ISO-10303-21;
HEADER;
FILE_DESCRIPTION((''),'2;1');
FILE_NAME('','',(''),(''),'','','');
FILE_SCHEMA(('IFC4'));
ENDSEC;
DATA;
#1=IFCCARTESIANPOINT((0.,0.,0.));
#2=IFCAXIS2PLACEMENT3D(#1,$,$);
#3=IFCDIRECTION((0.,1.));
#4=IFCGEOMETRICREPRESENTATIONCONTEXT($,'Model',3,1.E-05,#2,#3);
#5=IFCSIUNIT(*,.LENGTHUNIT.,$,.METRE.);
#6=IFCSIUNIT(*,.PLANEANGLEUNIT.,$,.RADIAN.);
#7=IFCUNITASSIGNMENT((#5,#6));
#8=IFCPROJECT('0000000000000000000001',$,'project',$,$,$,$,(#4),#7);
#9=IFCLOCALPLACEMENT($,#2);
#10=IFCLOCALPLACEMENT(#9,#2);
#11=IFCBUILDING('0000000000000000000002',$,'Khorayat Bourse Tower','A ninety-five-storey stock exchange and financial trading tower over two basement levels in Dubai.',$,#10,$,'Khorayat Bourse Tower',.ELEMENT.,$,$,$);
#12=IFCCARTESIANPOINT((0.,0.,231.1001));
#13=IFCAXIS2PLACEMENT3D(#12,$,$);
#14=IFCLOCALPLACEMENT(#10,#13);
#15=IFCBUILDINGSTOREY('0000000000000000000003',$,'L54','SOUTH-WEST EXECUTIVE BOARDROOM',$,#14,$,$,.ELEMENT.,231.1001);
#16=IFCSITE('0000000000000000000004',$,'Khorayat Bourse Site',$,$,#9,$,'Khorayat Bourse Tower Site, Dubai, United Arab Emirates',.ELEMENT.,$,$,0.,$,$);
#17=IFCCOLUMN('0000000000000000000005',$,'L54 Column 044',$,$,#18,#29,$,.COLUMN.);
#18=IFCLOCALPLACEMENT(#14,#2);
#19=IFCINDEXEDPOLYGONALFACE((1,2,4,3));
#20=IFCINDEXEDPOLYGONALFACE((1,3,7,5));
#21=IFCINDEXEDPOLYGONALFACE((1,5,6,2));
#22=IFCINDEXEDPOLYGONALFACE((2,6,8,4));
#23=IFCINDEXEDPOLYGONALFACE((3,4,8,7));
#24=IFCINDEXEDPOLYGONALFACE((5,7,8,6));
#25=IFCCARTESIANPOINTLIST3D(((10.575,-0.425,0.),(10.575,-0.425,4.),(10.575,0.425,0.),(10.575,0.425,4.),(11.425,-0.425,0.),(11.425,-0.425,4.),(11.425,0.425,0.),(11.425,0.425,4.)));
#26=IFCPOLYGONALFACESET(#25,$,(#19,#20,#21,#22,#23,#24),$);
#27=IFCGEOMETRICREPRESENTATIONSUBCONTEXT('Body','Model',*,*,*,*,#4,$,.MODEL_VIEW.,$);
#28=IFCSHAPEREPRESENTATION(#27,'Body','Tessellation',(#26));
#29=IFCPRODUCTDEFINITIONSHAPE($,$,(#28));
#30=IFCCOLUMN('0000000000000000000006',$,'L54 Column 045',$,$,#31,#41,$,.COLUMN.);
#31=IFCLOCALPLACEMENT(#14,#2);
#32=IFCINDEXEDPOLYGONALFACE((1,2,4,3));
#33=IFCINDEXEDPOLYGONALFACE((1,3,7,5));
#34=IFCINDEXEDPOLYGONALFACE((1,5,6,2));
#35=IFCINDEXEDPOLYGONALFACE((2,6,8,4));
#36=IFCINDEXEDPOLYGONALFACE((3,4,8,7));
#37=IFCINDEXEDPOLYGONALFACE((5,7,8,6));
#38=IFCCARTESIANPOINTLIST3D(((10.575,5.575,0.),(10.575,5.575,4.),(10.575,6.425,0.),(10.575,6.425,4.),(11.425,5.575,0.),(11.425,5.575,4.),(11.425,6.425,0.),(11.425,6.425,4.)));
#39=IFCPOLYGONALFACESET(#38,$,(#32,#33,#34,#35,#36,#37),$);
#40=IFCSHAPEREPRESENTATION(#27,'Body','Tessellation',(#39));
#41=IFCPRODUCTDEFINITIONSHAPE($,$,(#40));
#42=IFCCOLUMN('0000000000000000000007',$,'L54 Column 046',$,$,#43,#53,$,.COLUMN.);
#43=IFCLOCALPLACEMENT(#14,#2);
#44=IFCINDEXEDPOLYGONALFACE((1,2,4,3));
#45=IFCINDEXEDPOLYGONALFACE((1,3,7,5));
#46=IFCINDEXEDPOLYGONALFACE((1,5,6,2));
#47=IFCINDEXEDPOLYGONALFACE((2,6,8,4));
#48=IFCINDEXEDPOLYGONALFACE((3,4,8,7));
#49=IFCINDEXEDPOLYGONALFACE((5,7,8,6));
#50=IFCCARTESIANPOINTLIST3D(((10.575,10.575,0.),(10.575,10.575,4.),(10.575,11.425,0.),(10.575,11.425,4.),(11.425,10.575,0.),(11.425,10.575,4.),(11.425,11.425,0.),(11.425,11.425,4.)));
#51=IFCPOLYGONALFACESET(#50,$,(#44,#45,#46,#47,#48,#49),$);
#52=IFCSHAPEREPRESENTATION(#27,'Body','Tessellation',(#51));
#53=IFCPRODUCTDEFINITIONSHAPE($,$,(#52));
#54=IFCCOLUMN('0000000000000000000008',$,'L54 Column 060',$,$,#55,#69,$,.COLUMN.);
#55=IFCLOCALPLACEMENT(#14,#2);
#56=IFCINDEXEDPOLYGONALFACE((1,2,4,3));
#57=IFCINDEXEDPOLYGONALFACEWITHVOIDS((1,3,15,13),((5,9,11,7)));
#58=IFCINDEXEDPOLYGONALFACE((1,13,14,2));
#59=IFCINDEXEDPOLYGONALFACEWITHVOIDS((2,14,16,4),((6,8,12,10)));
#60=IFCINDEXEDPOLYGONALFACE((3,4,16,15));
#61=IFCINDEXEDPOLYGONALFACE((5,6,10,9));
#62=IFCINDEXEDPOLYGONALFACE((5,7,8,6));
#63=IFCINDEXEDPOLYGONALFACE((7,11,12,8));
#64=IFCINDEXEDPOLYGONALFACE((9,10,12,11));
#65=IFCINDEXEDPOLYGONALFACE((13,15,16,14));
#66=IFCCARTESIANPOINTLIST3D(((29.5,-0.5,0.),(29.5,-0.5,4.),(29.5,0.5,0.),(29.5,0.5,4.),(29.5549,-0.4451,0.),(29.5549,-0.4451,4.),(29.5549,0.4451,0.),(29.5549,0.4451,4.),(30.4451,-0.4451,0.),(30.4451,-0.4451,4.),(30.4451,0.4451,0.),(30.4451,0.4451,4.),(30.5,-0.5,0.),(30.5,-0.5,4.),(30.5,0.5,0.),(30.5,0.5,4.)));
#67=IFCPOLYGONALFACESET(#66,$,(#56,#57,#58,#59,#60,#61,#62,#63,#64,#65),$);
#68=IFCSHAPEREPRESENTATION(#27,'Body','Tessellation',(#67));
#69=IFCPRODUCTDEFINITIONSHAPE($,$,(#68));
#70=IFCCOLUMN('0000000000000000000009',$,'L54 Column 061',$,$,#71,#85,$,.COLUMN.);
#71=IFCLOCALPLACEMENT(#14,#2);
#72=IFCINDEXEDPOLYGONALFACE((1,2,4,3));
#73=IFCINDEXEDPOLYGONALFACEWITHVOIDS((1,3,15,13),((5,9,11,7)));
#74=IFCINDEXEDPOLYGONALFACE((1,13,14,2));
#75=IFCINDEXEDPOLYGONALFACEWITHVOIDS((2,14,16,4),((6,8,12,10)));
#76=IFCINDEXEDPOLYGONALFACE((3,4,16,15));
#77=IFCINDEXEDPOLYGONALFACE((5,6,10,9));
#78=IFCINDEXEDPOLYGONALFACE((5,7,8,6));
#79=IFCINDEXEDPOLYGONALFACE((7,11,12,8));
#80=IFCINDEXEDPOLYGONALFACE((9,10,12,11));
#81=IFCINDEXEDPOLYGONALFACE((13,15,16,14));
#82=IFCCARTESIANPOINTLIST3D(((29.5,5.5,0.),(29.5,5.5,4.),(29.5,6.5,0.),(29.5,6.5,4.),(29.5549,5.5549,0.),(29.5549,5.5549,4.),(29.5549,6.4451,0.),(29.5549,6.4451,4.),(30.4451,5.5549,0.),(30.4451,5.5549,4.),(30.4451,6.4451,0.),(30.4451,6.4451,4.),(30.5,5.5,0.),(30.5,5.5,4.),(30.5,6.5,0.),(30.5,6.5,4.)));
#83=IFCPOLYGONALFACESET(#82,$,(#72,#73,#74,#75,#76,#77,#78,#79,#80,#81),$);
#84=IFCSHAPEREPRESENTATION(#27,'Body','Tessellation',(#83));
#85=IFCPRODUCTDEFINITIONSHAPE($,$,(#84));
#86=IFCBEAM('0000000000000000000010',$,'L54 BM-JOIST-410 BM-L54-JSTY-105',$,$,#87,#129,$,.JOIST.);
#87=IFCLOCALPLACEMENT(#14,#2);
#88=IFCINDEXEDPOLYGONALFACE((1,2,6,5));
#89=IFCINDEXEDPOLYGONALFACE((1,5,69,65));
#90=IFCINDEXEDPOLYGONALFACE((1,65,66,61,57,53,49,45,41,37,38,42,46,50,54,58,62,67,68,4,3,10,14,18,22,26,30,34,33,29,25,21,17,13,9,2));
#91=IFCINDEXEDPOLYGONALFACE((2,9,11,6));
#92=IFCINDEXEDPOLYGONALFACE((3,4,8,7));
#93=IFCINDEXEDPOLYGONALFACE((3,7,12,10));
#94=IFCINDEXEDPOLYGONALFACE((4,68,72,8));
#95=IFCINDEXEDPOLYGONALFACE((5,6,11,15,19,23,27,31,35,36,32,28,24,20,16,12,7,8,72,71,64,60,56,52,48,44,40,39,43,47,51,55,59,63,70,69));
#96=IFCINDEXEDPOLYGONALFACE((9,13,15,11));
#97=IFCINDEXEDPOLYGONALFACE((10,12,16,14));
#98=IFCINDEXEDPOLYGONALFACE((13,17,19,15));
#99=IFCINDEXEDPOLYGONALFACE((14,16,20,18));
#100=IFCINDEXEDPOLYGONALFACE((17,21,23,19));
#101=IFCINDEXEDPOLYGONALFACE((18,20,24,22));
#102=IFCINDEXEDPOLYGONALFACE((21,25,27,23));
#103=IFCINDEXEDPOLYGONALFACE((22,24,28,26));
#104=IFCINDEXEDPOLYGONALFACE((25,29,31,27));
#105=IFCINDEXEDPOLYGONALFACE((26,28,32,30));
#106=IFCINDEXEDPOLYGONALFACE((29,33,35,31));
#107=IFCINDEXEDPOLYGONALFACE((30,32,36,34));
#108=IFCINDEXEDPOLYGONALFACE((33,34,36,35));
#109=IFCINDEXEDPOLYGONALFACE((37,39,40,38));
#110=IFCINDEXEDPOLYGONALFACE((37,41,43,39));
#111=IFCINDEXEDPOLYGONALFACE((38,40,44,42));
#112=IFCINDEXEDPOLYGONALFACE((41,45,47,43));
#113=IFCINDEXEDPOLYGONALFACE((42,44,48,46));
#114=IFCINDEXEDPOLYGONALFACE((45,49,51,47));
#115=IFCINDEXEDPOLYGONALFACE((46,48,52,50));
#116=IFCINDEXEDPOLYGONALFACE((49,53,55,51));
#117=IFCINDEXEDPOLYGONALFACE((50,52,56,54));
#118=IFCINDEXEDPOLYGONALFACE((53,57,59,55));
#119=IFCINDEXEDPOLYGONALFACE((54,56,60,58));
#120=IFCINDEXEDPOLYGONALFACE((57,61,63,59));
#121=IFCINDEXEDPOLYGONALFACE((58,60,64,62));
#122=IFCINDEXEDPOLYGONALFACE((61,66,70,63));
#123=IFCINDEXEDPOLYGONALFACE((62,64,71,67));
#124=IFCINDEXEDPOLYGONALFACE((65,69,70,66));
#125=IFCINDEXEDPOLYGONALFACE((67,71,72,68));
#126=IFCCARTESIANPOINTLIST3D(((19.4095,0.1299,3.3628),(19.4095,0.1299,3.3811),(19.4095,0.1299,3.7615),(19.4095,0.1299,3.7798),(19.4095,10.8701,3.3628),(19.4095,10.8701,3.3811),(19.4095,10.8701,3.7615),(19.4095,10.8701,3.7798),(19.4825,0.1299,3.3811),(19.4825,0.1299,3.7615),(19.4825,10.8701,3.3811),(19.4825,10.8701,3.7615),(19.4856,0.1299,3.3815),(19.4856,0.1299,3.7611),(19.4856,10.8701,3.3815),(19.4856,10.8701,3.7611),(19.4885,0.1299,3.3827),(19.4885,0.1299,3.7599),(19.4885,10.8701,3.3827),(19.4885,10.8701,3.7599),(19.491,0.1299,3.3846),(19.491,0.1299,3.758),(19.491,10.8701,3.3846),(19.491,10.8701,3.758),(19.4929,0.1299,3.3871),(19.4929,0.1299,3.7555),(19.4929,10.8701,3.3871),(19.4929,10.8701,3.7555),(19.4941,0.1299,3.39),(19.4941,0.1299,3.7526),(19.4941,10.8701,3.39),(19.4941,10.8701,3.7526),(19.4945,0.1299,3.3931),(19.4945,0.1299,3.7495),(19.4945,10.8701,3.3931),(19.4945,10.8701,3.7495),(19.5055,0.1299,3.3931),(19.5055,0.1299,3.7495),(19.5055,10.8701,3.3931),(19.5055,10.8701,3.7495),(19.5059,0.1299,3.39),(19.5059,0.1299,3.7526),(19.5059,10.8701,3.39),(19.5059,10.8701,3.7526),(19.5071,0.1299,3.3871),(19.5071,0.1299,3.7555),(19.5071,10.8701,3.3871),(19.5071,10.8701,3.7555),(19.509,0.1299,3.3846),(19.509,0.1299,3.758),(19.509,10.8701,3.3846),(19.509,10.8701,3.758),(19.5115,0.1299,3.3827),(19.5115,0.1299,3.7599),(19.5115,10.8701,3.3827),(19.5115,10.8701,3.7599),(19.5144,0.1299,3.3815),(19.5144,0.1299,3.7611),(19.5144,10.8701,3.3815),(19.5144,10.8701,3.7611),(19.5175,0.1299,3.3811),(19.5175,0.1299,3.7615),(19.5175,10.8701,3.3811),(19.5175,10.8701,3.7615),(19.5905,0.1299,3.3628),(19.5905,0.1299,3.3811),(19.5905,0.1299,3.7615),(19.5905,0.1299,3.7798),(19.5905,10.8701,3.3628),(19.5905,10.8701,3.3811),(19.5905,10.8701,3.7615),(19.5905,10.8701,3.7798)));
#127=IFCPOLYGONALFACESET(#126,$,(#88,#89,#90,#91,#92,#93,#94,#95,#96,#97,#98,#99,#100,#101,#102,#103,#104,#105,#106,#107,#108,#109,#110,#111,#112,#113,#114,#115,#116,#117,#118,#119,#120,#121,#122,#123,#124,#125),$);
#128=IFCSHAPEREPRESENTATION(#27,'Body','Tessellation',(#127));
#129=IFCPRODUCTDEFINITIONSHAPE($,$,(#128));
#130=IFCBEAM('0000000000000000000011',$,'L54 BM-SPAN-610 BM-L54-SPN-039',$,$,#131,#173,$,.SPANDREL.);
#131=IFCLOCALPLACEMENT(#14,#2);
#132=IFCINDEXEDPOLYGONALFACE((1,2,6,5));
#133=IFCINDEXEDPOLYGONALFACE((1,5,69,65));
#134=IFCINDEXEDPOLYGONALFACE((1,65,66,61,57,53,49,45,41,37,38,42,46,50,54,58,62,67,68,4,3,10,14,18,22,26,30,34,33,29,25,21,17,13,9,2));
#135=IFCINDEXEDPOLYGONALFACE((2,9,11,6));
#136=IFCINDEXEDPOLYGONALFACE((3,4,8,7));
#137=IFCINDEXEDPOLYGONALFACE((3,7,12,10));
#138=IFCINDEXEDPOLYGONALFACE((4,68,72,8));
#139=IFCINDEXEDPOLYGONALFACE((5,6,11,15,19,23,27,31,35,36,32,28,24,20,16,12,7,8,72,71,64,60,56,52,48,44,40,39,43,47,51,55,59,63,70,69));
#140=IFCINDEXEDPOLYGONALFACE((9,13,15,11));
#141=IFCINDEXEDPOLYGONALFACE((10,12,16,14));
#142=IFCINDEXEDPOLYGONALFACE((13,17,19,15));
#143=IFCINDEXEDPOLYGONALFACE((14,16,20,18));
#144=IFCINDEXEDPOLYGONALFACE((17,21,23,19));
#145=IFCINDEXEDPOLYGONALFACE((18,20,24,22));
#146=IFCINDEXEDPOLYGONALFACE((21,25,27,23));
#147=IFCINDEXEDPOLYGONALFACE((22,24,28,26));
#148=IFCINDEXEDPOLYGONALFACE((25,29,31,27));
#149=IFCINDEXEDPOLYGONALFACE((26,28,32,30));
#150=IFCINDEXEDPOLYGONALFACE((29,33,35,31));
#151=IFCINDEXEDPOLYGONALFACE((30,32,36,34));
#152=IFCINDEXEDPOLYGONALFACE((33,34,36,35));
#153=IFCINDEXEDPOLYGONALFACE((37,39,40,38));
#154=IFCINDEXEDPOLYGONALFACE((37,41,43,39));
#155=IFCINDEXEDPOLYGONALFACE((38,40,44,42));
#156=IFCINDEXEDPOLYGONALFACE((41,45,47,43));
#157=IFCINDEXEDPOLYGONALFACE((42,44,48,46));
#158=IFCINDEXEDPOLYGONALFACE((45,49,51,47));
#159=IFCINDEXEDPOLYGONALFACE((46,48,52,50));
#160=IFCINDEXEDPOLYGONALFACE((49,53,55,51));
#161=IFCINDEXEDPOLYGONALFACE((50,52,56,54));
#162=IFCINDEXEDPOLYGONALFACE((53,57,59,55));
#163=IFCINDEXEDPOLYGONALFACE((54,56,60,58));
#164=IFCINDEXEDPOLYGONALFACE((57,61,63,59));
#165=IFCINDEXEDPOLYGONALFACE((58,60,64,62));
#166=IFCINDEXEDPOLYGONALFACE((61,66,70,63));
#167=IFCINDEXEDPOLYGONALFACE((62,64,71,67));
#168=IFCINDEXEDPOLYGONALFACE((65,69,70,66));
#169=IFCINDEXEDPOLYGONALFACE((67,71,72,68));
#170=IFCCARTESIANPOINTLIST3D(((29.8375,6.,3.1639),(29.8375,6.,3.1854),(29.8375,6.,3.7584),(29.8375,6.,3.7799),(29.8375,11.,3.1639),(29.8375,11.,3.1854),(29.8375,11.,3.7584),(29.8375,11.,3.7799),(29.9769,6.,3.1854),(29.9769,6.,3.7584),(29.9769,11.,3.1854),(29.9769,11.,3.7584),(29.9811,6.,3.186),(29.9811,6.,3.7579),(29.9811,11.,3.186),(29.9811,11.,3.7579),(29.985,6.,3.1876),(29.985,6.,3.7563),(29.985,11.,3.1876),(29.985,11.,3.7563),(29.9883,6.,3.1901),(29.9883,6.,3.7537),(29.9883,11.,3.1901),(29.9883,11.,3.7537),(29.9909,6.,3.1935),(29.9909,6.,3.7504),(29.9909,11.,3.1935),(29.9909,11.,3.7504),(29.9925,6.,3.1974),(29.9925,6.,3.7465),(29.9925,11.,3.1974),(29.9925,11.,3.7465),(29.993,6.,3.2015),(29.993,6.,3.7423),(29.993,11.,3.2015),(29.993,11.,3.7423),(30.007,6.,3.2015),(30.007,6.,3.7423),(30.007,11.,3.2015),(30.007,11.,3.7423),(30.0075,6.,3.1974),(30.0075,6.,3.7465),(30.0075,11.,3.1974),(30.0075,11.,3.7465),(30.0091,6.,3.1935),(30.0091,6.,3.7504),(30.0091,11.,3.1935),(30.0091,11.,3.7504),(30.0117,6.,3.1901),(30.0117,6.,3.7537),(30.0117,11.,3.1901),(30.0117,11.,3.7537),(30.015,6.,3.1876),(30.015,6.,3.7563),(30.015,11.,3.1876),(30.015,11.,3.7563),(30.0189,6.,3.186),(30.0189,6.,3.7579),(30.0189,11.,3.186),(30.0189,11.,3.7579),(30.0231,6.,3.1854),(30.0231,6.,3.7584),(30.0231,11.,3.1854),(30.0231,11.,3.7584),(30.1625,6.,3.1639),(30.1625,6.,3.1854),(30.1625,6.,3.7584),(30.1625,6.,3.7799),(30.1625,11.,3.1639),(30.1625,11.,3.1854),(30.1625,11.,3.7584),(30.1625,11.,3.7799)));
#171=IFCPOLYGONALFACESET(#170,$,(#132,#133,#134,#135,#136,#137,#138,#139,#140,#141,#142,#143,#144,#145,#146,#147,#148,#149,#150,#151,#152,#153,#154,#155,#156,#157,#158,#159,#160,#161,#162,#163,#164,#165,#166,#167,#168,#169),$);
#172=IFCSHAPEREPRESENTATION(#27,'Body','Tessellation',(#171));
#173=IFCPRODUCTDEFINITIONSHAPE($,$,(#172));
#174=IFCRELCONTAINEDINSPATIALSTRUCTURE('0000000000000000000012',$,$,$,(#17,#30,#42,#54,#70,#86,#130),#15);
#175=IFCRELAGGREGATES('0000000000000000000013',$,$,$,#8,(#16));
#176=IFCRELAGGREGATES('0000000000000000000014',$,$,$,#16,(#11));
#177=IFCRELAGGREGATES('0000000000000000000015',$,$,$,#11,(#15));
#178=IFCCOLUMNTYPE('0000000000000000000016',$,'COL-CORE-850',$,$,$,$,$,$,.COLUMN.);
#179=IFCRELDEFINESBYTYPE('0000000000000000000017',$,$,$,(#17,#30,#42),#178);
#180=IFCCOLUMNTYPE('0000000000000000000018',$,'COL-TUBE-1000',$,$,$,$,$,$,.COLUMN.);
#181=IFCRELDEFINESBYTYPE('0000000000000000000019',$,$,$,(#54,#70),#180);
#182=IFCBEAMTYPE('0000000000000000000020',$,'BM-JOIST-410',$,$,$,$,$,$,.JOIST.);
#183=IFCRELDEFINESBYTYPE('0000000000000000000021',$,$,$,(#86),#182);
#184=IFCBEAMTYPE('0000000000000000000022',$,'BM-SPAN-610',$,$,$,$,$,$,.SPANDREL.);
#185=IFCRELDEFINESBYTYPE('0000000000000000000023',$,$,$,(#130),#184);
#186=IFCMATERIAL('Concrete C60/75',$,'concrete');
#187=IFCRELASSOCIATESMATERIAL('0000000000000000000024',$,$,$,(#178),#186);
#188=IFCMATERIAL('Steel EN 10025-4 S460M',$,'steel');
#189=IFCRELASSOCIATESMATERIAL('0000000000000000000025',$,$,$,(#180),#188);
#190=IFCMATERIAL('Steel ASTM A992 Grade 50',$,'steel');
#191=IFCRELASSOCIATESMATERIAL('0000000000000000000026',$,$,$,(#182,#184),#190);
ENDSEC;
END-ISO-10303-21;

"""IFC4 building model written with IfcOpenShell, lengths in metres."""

from ifc_helpers import new_model, si_unit, direction, frame, origin, origin_2d, place, context, subcontext, project, spatial, rectangle, hollow_rectangle, i_section, extrude, source, transform, mapped, material, material_profile, profile_set, type_object, element, save


model = new_model("IFC4")

# Units and contexts
model_context = context("Model", 3, precision=1e-05, world=origin(), true_north=direction((0.0, 1.0)))
body_context = subcontext(model_context, "Body", "Model", "MODEL_VIEW")
ifc_project = project(units=[si_unit("LENGTHUNIT", "METRE"), si_unit("PLANEANGLEUNIT", "RADIAN")], contexts=[model_context])

# Site, building, storey
site_placement = place(None, origin())
site = spatial("IfcSite", under=ifc_project, at=site_placement, Name="Khorayat Bourse Site", LongName="Khorayat Bourse Tower Site, Dubai, United Arab Emirates", CompositionType="ELEMENT", RefElevation=0.0)
building_placement = place(site_placement, origin())
building = spatial("IfcBuilding", under=site, at=building_placement, Name="Khorayat Bourse Tower", Description="A ninety-five-storey stock exchange and financial trading tower over two basement levels in Dubai.", LongName="Khorayat Bourse Tower", CompositionType="ELEMENT")
storey_placement = place(building_placement, frame((0.0, 0.0, 231.1001)))
storey = spatial("IfcBuildingStorey", under=building, at=storey_placement, Name="L54", Description="SOUTH-WEST EXECUTIVE BOARDROOM", CompositionType="ELEMENT", Elevation=231.1001)

# Columns
ifc_material_1 = material(Name="Concrete C60/75", Category="concrete")
ifc_material_profile_1 = material_profile(ifc_material_1, rectangle(XDim=0.8501, YDim=0.8501, at=origin_2d()), Name="RC 850x850")
ifc_profile_set_1 = profile_set([ifc_material_profile_1], Name="Concrete C60/75")
column_type_1 = type_object("IfcColumnType", Name="COL-CORE-850", PredefinedType="COLUMN", material=ifc_profile_set_1)
shared_shape_1 = source(origin(), body_context, "Body", "SweptSolid", [
    extrude(rectangle(XDim=0.8501, YDim=0.8501, at=origin_2d()), origin(), (0.0, 0.0, 1.0), 4.0),
])
for number, where, z_axis, x_axis, name in (
    (1, (11.0, 0.0, 0.0), (0.0, 0.0, 1.0), (1.0, 0.0, 0.0), "L54 Column 044"),
    (2, (11.0, 6.0, 0.0), (0.0, 0.0, 1.0), (1.0, 0.0, 0.0), "L54 Column 045"),
    (3, (11.0, 11.0, 0.0), (0.0, 0.0, 1.0), (1.0, 0.0, 0.0), "L54 Column 046"),
):
    element("IfcColumn", number, at=place(storey_placement, frame(where, z_axis=z_axis, x_axis=x_axis)), inside=storey, type_object=column_type_1, Name=name, PredefinedType="COLUMN", context=body_context, shape_type="MappedRepresentation", body=[
        mapped(shared_shape_1, transform((0.0, 0.0, 0.0), scale=1.0)),
    ])
ifc_material_2 = material(Name="Steel EN 10025-4 S460M", Category="steel")
ifc_material_profile_2 = material_profile(ifc_material_2, hollow_rectangle(XDim=1.0, YDim=1.0, WallThickness=0.0549, at=origin_2d()), Name="BOX 1000x1000x55")
ifc_profile_set_2 = profile_set([ifc_material_profile_2], Name="Steel EN 10025-4 S460M")
column_type_2 = type_object("IfcColumnType", Name="COL-TUBE-1000", PredefinedType="COLUMN", material=ifc_profile_set_2)
shared_shape_2 = source(origin(), body_context, "Body", "SweptSolid", [
    extrude(hollow_rectangle(XDim=1.0, YDim=1.0, WallThickness=0.0549, at=origin_2d()), origin(), (0.0, 0.0, 1.0), 4.0),
])
for number, where, z_axis, x_axis, name in (
    (4, (30.0, 0.0, 0.0), (0.0, 0.0, 1.0), (1.0, 0.0, 0.0), "L54 Column 060"),
    (5, (30.0, 6.0, 0.0), (0.0, 0.0, 1.0), (1.0, 0.0, 0.0), "L54 Column 061"),
):
    element("IfcColumn", number, at=place(storey_placement, frame(where, z_axis=z_axis, x_axis=x_axis)), inside=storey, type_object=column_type_2, Name=name, PredefinedType="COLUMN", context=body_context, shape_type="MappedRepresentation", body=[
        mapped(shared_shape_2, transform((0.0, 0.0, 0.0), scale=1.0)),
    ])

# Beams
ifc_material_3 = material(Name="Steel ASTM A992 Grade 50", Category="steel")
ifc_material_profile_3 = material_profile(ifc_material_3, i_section(OverallWidth=0.1809, OverallDepth=0.417, WebThickness=0.011, FlangeThickness=0.0183, FilletRadius=0.012, at=origin_2d()), Name="W410X85")
ifc_profile_set_3 = profile_set([ifc_material_profile_3], Name="Steel ASTM A992 Grade 50")
beam_type_1 = type_object("IfcBeamType", Name="BM-JOIST-410", PredefinedType="JOIST", material=ifc_profile_set_3)
shared_shape_3 = source(origin(), body_context, "Body", "SweptSolid", [
    extrude(i_section(OverallWidth=0.1809, OverallDepth=0.417, WebThickness=0.011, FlangeThickness=0.0183, FilletRadius=0.012, at=origin_2d()), origin(), (0.0, 0.0, 1.0), 10.7402),
])
beam_1_placement = place(storey_placement, frame((19.5, 0.1299, 3.5713), z_axis=(0.0, 1.0, 0.0), x_axis=(-1.0, 0.0, 0.0)))
element("IfcBeam", 6, at=beam_1_placement, inside=storey, type_object=beam_type_1, Name="L54 BM-JOIST-410 BM-L54-JSTY-105", PredefinedType="JOIST", context=body_context, shape_type="MappedRepresentation", body=[
    mapped(shared_shape_3, transform((0.0, 0.0, 0.0), scale=1.0)),
])
ifc_material_profile_4 = material_profile(ifc_material_3, i_section(OverallWidth=0.325, OverallDepth=0.616, WebThickness=0.0139, FlangeThickness=0.0215, FilletRadius=0.0161, at=origin_2d()), Name="W610X174")
ifc_profile_set_4 = profile_set([ifc_material_profile_4], Name="Steel ASTM A992 Grade 50")
beam_type_2 = type_object("IfcBeamType", Name="BM-SPAN-610", PredefinedType="SPANDREL", material=ifc_profile_set_4)
shared_shape_4 = source(origin(), body_context, "Body", "SweptSolid", [
    extrude(i_section(OverallWidth=0.325, OverallDepth=0.616, WebThickness=0.0139, FlangeThickness=0.0215, FilletRadius=0.0161, at=origin_2d()), origin(), (0.0, 0.0, 1.0), 5.0),
])
beam_2_placement = place(storey_placement, frame((30.0, 6.0, 3.4719), z_axis=(0.0, 1.0, 0.0), x_axis=(-1.0, 0.0, 0.0)))
element("IfcBeam", 7, at=beam_2_placement, inside=storey, type_object=beam_type_2, Name="L54 BM-SPAN-610 BM-L54-SPN-039", PredefinedType="SPANDREL", context=body_context, shape_type="MappedRepresentation", body=[
    mapped(shared_shape_4, transform((0.0, 0.0, 0.0), scale=1.0)),
])

save(model, "model.ifc")
